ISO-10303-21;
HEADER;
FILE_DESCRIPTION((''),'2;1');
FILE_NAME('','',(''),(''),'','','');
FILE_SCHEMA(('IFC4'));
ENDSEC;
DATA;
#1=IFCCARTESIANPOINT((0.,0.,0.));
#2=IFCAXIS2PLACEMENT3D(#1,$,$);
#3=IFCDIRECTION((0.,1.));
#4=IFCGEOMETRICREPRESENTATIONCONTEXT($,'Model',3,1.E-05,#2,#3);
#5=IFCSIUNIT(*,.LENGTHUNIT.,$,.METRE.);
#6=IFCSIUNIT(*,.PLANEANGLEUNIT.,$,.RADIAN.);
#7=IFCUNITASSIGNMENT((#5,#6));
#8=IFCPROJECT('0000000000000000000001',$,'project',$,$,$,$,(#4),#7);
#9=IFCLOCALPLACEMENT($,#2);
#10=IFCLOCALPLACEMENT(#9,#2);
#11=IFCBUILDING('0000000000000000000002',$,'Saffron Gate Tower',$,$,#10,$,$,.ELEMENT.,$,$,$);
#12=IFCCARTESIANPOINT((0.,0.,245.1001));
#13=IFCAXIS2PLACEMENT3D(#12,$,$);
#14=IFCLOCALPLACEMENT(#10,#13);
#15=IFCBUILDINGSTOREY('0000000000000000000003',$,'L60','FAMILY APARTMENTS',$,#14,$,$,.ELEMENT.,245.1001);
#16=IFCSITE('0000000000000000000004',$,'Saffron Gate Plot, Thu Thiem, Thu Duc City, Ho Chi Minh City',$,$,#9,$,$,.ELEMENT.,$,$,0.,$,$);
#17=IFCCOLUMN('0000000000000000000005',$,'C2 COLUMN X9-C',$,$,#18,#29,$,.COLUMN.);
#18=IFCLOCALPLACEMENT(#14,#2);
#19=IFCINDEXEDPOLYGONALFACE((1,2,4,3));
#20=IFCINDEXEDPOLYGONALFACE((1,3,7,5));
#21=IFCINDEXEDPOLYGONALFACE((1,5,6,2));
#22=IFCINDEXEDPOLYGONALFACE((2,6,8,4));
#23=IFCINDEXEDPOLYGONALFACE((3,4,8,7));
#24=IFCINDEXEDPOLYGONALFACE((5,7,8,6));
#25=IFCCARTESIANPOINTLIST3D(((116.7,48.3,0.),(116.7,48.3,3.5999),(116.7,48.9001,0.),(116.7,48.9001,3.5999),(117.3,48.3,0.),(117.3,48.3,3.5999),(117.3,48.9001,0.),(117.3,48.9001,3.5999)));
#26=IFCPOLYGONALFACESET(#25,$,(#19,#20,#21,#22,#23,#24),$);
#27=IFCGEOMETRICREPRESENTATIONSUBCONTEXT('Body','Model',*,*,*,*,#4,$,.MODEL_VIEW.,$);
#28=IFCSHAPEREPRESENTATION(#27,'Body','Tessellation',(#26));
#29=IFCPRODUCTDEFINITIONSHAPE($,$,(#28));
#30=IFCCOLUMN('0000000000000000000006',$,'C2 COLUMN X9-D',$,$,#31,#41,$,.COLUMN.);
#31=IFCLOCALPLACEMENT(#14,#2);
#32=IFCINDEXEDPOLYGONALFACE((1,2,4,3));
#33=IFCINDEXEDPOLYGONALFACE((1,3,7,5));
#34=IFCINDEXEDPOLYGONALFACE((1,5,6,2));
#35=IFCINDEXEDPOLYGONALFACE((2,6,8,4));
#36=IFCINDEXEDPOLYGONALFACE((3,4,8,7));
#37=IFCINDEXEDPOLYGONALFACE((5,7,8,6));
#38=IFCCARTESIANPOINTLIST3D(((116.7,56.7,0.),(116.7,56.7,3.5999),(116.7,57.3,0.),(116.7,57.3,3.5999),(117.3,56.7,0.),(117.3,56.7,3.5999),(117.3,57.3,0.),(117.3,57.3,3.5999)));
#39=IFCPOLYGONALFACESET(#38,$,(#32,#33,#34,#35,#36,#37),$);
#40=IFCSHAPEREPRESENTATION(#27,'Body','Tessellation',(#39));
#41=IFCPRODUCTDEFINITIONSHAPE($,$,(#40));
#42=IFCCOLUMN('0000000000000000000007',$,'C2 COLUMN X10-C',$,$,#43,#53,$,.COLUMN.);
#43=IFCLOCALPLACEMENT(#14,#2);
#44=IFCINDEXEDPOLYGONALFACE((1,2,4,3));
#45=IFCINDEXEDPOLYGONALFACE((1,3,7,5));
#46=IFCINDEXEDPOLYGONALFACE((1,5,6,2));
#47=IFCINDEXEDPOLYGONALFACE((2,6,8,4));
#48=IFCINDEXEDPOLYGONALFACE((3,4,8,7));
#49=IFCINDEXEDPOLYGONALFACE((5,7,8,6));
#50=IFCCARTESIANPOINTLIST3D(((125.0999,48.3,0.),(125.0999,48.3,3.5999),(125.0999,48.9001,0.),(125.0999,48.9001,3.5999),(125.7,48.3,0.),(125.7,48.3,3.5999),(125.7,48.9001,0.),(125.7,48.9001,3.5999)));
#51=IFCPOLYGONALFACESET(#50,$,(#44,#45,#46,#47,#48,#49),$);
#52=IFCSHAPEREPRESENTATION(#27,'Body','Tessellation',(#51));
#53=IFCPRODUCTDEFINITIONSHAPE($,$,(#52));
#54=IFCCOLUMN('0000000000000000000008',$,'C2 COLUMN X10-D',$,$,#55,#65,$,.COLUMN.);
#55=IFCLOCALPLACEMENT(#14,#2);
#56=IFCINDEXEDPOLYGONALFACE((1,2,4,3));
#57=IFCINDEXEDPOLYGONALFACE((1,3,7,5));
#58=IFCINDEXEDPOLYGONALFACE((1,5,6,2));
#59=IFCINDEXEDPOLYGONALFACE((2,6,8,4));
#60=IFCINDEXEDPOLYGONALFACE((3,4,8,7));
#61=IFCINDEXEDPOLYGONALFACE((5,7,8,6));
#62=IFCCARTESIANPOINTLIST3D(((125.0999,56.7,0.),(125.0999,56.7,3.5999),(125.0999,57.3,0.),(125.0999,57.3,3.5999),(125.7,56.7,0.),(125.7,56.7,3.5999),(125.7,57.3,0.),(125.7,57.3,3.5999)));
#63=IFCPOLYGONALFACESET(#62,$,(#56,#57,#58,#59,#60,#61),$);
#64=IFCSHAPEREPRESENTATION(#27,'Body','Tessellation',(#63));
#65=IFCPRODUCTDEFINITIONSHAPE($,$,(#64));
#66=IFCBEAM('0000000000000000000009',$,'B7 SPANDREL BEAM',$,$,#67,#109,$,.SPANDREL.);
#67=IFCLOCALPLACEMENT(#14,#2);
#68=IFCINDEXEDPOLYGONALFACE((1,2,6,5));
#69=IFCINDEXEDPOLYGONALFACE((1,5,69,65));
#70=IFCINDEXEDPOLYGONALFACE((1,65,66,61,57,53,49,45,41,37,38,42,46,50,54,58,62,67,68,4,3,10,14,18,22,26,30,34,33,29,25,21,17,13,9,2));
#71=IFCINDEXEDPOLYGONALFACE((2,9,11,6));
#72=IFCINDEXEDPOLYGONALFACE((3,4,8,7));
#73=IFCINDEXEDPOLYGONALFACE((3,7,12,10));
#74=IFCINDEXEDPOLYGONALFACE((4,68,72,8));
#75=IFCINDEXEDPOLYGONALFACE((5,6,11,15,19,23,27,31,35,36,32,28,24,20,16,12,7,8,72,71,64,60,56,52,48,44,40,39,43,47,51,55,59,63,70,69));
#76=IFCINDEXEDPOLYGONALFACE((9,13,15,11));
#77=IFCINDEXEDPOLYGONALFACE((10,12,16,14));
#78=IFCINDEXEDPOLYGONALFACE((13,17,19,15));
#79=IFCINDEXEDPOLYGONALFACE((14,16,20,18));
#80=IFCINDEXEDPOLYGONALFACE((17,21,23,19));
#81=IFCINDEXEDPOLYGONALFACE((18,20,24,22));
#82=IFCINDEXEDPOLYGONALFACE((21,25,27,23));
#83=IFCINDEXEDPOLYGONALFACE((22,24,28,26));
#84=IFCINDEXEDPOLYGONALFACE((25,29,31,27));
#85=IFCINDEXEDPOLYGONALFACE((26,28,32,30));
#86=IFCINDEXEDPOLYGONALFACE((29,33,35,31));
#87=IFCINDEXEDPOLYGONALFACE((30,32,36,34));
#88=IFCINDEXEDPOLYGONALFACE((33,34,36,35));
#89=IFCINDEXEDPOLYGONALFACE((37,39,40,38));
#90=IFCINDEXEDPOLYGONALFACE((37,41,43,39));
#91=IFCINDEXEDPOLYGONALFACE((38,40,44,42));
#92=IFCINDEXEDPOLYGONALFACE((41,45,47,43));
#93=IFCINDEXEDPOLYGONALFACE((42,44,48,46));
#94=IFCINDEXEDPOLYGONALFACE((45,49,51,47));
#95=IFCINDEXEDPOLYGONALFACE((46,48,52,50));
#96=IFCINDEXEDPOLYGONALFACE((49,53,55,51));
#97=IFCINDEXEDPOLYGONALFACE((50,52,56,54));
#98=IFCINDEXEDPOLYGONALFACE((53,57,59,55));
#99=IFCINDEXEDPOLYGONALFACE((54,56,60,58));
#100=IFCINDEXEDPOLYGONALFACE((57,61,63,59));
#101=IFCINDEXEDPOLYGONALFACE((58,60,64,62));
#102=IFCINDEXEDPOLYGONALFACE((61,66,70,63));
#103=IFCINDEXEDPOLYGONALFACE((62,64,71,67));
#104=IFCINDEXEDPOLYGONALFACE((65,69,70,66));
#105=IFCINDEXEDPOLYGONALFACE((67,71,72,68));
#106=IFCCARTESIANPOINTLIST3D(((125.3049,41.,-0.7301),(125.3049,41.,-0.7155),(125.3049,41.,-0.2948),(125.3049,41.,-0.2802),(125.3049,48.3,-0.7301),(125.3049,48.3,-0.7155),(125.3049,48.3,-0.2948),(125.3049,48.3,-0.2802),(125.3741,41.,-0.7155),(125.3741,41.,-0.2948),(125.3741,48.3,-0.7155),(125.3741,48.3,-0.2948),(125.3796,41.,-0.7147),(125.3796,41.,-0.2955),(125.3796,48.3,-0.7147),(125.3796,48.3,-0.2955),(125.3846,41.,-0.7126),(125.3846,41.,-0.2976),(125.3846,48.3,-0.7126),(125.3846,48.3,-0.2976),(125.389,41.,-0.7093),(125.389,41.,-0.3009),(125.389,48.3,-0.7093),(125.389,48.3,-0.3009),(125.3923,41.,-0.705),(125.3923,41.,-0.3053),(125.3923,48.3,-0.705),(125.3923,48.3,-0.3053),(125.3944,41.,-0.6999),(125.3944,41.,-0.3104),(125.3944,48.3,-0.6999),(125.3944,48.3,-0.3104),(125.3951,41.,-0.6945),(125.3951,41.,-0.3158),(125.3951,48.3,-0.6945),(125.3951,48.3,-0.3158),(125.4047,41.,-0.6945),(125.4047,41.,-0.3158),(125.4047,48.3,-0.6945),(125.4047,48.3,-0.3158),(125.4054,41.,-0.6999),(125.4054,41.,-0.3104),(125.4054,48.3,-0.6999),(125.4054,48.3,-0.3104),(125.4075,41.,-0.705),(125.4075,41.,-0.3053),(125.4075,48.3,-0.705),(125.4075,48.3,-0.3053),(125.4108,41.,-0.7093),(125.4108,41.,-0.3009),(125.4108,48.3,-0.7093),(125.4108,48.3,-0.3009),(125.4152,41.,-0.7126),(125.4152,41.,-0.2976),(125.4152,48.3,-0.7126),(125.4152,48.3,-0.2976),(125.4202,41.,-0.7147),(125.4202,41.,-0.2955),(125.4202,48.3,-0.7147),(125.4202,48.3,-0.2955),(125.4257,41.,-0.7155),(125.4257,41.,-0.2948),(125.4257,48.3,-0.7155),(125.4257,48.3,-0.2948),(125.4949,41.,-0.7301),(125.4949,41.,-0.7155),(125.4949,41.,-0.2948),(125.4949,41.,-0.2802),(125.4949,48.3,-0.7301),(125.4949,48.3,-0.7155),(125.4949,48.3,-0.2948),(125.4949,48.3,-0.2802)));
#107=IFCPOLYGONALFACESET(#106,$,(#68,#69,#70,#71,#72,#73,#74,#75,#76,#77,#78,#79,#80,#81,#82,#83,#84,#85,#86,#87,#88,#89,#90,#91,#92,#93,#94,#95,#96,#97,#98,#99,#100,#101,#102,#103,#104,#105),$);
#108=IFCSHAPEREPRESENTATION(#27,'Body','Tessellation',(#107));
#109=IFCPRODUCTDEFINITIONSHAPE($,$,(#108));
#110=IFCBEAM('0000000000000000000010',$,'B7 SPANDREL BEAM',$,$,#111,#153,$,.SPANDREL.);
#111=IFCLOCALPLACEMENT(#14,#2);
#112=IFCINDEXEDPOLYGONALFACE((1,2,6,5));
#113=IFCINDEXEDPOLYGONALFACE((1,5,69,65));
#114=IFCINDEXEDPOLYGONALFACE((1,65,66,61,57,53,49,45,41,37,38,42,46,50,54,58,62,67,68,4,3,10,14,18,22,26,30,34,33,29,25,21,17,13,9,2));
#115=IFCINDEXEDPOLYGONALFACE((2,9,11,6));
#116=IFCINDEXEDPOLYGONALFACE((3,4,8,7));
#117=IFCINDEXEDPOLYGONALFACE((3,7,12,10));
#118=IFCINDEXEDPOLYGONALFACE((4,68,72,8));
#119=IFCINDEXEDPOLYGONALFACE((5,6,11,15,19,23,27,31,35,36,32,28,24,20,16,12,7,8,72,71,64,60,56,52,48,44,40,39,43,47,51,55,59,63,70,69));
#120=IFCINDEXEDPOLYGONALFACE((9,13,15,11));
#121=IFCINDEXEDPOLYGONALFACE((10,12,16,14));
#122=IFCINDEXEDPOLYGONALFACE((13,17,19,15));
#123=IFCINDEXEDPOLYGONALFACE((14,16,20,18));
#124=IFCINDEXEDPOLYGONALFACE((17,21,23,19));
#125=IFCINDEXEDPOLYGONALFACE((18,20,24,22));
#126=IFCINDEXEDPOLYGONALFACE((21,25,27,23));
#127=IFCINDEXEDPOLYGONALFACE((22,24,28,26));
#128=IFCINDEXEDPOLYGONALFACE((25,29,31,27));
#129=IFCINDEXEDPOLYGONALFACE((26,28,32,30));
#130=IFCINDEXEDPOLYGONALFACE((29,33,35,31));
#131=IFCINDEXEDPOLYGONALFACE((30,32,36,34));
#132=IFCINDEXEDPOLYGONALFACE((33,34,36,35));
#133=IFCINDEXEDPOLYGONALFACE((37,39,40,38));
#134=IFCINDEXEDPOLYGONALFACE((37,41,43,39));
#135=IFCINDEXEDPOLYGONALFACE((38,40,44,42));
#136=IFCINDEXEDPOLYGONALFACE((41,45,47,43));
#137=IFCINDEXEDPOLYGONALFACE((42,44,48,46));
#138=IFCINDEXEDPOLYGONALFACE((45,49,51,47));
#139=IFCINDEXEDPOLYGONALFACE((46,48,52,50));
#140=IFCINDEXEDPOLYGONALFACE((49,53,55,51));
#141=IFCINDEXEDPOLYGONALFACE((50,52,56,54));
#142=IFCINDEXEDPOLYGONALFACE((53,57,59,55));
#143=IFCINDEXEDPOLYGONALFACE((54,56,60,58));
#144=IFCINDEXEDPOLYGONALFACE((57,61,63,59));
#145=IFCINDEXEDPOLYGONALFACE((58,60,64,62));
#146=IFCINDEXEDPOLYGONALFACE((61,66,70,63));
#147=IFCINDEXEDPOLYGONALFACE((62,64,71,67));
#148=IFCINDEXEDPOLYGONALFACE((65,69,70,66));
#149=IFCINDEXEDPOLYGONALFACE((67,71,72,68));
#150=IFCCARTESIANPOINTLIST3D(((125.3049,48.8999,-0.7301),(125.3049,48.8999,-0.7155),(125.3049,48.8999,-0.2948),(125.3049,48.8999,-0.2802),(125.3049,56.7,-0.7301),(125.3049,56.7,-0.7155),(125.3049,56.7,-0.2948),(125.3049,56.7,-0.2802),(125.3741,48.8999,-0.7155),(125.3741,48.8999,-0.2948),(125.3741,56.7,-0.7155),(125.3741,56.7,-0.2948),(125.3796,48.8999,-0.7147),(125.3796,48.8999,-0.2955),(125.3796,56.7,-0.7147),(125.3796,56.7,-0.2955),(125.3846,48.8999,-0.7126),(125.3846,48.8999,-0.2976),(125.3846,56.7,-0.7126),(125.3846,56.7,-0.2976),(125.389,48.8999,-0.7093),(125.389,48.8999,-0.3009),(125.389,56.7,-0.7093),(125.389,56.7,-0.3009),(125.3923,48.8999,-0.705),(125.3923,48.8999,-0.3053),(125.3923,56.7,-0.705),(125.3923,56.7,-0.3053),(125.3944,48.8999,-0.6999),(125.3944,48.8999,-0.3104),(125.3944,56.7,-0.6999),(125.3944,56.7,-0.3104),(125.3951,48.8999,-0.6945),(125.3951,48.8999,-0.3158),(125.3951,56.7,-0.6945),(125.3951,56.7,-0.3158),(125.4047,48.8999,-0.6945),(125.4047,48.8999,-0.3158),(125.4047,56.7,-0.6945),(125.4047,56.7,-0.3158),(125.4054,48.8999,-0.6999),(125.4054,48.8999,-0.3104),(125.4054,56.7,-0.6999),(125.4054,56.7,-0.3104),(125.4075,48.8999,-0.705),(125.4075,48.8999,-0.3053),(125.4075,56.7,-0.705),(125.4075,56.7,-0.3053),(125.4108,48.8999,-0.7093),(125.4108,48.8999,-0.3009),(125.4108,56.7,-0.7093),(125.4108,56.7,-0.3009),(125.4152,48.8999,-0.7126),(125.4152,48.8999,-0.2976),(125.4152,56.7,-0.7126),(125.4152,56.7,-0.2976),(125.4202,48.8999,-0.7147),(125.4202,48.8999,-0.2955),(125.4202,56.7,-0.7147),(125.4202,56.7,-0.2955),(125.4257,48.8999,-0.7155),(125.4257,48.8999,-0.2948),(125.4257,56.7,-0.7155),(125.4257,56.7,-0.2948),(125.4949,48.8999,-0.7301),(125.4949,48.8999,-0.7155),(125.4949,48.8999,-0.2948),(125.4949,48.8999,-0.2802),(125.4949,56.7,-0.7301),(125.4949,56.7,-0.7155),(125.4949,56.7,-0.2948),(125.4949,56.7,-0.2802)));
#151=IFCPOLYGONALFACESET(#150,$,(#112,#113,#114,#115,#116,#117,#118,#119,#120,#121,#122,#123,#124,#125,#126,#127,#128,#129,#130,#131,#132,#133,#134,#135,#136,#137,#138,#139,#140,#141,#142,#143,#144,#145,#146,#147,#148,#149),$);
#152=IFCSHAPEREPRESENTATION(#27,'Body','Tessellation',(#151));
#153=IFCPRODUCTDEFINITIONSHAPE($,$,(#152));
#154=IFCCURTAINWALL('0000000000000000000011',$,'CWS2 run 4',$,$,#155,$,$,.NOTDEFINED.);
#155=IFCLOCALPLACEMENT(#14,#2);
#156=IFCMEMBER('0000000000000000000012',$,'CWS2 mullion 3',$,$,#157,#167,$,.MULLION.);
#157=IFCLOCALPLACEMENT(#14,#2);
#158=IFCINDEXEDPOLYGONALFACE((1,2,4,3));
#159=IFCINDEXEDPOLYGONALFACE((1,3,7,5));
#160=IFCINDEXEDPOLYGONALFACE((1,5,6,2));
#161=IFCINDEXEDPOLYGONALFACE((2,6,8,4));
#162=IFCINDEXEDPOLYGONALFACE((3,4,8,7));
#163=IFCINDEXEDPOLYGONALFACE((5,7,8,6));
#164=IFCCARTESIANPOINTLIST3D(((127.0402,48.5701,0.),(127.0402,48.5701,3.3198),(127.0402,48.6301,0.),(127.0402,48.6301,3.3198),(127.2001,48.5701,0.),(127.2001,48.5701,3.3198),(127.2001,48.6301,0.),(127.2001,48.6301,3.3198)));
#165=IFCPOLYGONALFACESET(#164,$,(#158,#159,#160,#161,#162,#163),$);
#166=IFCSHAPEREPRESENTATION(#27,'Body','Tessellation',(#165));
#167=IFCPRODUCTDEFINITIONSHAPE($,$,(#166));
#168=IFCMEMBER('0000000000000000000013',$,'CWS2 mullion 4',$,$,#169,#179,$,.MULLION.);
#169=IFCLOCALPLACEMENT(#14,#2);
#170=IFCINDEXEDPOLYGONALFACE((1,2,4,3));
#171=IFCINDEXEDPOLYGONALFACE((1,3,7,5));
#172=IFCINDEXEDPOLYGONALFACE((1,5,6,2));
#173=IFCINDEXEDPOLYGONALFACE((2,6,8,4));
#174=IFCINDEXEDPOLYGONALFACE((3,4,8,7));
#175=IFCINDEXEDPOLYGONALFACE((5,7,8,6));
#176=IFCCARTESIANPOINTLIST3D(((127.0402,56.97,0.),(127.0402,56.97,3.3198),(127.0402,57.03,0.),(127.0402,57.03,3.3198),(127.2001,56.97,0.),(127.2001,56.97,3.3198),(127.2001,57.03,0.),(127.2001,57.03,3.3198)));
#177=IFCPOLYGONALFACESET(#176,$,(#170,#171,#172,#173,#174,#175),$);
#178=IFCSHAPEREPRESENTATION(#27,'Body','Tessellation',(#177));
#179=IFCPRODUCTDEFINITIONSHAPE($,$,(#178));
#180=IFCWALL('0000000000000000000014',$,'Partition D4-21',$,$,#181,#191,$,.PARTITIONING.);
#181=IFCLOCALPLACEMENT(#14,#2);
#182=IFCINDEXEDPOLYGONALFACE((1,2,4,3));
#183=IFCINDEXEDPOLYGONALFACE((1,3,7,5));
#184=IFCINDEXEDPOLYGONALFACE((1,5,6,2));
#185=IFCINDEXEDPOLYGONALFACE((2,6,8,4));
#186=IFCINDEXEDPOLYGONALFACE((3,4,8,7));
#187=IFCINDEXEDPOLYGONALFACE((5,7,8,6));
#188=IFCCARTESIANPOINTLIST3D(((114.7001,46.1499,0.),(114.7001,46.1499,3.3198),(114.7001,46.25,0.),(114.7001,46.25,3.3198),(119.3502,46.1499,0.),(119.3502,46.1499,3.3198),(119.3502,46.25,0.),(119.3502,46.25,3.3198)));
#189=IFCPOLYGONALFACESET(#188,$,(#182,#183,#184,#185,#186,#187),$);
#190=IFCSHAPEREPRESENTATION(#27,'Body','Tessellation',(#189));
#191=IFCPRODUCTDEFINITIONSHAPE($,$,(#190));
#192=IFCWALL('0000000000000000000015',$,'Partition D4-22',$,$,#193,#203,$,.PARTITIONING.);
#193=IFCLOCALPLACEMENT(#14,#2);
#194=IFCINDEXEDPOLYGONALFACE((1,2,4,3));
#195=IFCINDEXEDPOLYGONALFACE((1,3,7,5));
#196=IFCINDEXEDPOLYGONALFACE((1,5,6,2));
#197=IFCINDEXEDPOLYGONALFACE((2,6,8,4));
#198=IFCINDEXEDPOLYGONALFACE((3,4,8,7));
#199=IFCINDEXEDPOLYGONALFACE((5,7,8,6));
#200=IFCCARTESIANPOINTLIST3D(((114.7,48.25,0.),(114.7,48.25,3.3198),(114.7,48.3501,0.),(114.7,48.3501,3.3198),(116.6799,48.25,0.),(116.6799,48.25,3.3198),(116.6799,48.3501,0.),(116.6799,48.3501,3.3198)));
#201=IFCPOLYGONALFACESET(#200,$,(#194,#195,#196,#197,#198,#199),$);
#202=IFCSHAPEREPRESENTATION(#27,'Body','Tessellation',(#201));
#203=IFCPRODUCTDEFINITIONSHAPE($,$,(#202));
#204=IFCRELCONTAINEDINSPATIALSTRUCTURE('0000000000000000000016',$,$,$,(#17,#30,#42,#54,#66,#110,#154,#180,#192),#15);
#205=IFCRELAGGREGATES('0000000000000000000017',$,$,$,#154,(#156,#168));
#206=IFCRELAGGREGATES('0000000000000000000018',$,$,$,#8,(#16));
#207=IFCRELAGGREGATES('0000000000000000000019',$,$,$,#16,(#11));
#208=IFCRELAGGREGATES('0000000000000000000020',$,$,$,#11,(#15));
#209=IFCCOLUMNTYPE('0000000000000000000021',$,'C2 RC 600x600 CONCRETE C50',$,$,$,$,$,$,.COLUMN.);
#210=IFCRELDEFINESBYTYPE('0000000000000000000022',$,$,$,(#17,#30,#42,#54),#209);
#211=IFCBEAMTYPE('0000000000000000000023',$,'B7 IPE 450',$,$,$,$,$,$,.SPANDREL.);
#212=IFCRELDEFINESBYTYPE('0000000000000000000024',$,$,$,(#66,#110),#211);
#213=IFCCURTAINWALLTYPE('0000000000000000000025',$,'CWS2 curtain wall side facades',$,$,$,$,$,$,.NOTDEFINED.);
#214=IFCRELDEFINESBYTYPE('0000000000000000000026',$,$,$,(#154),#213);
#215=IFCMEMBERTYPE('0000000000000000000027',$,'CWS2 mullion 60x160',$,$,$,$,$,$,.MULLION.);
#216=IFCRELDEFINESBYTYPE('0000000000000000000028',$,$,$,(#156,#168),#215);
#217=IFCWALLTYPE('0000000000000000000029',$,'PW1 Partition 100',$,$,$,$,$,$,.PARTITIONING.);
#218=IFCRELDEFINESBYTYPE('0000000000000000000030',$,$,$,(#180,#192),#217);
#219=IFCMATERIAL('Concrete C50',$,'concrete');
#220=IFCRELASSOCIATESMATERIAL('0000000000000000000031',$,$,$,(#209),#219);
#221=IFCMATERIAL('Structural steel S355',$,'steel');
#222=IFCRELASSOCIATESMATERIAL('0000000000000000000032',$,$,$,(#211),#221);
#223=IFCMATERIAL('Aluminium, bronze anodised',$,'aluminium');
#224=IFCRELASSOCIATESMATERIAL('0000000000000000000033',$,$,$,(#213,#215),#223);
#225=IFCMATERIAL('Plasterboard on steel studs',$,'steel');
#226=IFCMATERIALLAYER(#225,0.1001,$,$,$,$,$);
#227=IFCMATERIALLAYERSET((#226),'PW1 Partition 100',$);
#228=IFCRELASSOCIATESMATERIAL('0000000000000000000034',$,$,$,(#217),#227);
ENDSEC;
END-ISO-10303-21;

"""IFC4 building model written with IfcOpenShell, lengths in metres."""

from ifc_helpers import new_model, si_unit, direction, frame, frame_2d, origin, origin_2d, place, context, subcontext, project, spatial, rectangle, i_section, extrude, material, layer, layer_set, material_profile, profile_set, type_object, element, aggregate, save


model = new_model("IFC4")

# Units and contexts
model_context = context("Model", 3, precision=1e-05, world=origin(), true_north=direction((0.0, 1.0)))
body_context = subcontext(model_context, "Body", "Model", "MODEL_VIEW")
ifc_project = project(units=[si_unit("LENGTHUNIT", "METRE"), si_unit("PLANEANGLEUNIT", "RADIAN")], contexts=[model_context])

# Site, building, storey
site_placement = place(None, origin())
site = spatial("IfcSite", under=ifc_project, at=site_placement, Name="Saffron Gate Plot, Thu Thiem, Thu Duc City, Ho Chi Minh City", CompositionType="ELEMENT", RefElevation=0.0)
building_placement = place(site_placement, origin())
building = spatial("IfcBuilding", under=site, at=building_placement, Name="Saffron Gate Tower", CompositionType="ELEMENT")
storey_placement = place(building_placement, frame((0.0, 0.0, 245.1001)))
storey = spatial("IfcBuildingStorey", under=building, at=storey_placement, Name="L60", Description="FAMILY APARTMENTS", CompositionType="ELEMENT", Elevation=245.1001)

# Columns
ifc_material_1 = material(Name="Concrete C50", Category="concrete")
ifc_material_profile_1 = material_profile(ifc_material_1, rectangle(XDim=0.6001, YDim=0.6001, at=origin_2d()))
ifc_profile_set_1 = profile_set([ifc_material_profile_1], Name="Concrete C50")
column_type = type_object("IfcColumnType", Name="C2 RC 600x600 CONCRETE C50", PredefinedType="COLUMN", material=ifc_profile_set_1)
for number, where, z_axis, x_axis, name in (
    (1, (117.0, 48.6001, 0.0), (0.0, 0.0, 1.0), (1.0, 0.0, 0.0), "C2 COLUMN X9-C"),
    (2, (117.0, 57.0, 0.0), (0.0, 0.0, 1.0), (1.0, 0.0, 0.0), "C2 COLUMN X9-D"),
    (3, (125.3999, 48.6001, 0.0), (0.0, 0.0, 1.0), (1.0, 0.0, 0.0), "C2 COLUMN X10-C"),
    (4, (125.3999, 57.0, 0.0), (0.0, 0.0, 1.0), (1.0, 0.0, 0.0), "C2 COLUMN X10-D"),
):
    element("IfcColumn", number, at=place(storey_placement, frame(where, z_axis=z_axis, x_axis=x_axis)), inside=storey, type_object=column_type, Name=name, PredefinedType="COLUMN", context=body_context, shape_type="SweptSolid", body=[
        extrude(rectangle(XDim=0.6001, YDim=0.6001, at=origin_2d()), origin(), (0.0, 0.0, 1.0), 3.5999),
    ])

# Beams
ifc_material_2 = material(Name="Structural steel S355", Category="steel")
ifc_material_profile_2 = material_profile(ifc_material_2, i_section(OverallWidth=0.1899, OverallDepth=0.45, WebThickness=0.0095, FlangeThickness=0.0146, FilletRadius=0.021, at=origin_2d()))
ifc_profile_set_2 = profile_set([ifc_material_profile_2], Name="Structural steel S355")
beam_type = type_object("IfcBeamType", Name="B7 IPE 450", PredefinedType="SPANDREL", material=ifc_profile_set_2)
beam_1_placement = place(storey_placement, frame((125.3999, 41.0, -0.5051), z_axis=(0.0, 1.0, 0.0), x_axis=(-1.0, 0.0, 0.0)))
element("IfcBeam", 5, at=beam_1_placement, inside=storey, type_object=beam_type, Name="B7 SPANDREL BEAM", PredefinedType="SPANDREL", context=body_context, shape_type="SweptSolid", body=[
    extrude(i_section(OverallWidth=0.1899, OverallDepth=0.45, WebThickness=0.0095, FlangeThickness=0.0146, FilletRadius=0.021, at=origin_2d()), origin(), (0.0, 0.0, 1.0), 7.3),
])
beam_2_placement = place(storey_placement, frame((125.3999, 48.8999, -0.5051), z_axis=(0.0, 1.0, 0.0), x_axis=(-1.0, 0.0, 0.0)))
element("IfcBeam", 6, at=beam_2_placement, inside=storey, type_object=beam_type, Name="B7 SPANDREL BEAM", PredefinedType="SPANDREL", context=body_context, shape_type="SweptSolid", body=[
    extrude(i_section(OverallWidth=0.1899, OverallDepth=0.45, WebThickness=0.0095, FlangeThickness=0.0146, FilletRadius=0.021, at=origin_2d()), origin(), (0.0, 0.0, 1.0), 7.8),
])

# Curtain wall, members
ifc_material_3 = material(Name="Aluminium, bronze anodised", Category="aluminium")
curtain_wall_type = type_object("IfcCurtainWallType", Name="CWS2 curtain wall side facades", PredefinedType="NOTDEFINED", material=ifc_material_3)
curtain_wall_placement = place(storey_placement, origin())
curtain_wall = element("IfcCurtainWall", 7, at=curtain_wall_placement, inside=storey, type_object=curtain_wall_type, Name="CWS2 run 4", PredefinedType="NOTDEFINED")
ifc_material_profile_3 = material_profile(ifc_material_3, rectangle(XDim=0.1599, YDim=0.0601, at=origin_2d()))
ifc_profile_set_3 = profile_set([ifc_material_profile_3], Name="Aluminium, bronze anodised")
member_type = type_object("IfcMemberType", Name="CWS2 mullion 60x160", PredefinedType="MULLION", material=ifc_profile_set_3)
member_1_placement = place(storey_placement, frame((127.1201, 48.6001, 0.0), z_axis=(0.0, 0.0, 1.0), x_axis=(-1.0, 0.0, 0.0)))
member_1 = element("IfcMember", 8, at=member_1_placement, type_object=member_type, Name="CWS2 mullion 3", PredefinedType="MULLION", context=body_context, shape_type="SweptSolid", body=[
    extrude(rectangle(XDim=0.1599, YDim=0.0601, at=origin_2d()), origin(), (0.0, 0.0, 1.0), 3.3198),
])
member_2_placement = place(storey_placement, frame((127.1201, 57.0, 0.0), z_axis=(0.0, 0.0, 1.0), x_axis=(-1.0, 0.0, 0.0)))
member_2 = element("IfcMember", 9, at=member_2_placement, type_object=member_type, Name="CWS2 mullion 4", PredefinedType="MULLION", context=body_context, shape_type="SweptSolid", body=[
    extrude(rectangle(XDim=0.1599, YDim=0.0601, at=origin_2d()), origin(), (0.0, 0.0, 1.0), 3.3198),
])
aggregate(curtain_wall, [member_1, member_2])

# Walls
ifc_material_4 = material(Name="Plasterboard on steel studs", Category="steel")
ifc_layer_1 = layer(ifc_material_4, 0.1001)
ifc_layer_set_1 = layer_set([ifc_layer_1], Name="PW1 Partition 100")
wall_type_1 = type_object("IfcWallType", Name="PW1 Partition 100", PredefinedType="PARTITIONING", material=ifc_layer_set_1)
wall_1_placement = place(storey_placement, frame((114.7, 46.2, 0.0), z_axis=(0.0, 0.0, 1.0), x_axis=(1.0, 0.0, 0.0)))
element("IfcWall", 10, at=wall_1_placement, inside=storey, type_object=wall_type_1, Name="Partition D4-21", PredefinedType="PARTITIONING", context=body_context, shape_type="SweptSolid", body=[
    extrude(rectangle(XDim=4.6501, YDim=0.1001, at=frame_2d((2.3252, 0.0))), origin(), (0.0, 0.0, 1.0), 3.3198),
])
wall_2_placement = place(storey_placement, frame((114.7, 48.3, 0.0), z_axis=(0.0, 0.0, 1.0), x_axis=(1.0, 0.0, 0.0)))
element("IfcWall", 11, at=wall_2_placement, inside=storey, type_object=wall_type_1, Name="Partition D4-22", PredefinedType="PARTITIONING", context=body_context, shape_type="SweptSolid", body=[
    extrude(rectangle(XDim=1.98, YDim=0.1001, at=frame_2d((0.99, 0.0))), origin(), (0.0, 0.0, 1.0), 3.3198),
])

save(model, "model.ifc")
